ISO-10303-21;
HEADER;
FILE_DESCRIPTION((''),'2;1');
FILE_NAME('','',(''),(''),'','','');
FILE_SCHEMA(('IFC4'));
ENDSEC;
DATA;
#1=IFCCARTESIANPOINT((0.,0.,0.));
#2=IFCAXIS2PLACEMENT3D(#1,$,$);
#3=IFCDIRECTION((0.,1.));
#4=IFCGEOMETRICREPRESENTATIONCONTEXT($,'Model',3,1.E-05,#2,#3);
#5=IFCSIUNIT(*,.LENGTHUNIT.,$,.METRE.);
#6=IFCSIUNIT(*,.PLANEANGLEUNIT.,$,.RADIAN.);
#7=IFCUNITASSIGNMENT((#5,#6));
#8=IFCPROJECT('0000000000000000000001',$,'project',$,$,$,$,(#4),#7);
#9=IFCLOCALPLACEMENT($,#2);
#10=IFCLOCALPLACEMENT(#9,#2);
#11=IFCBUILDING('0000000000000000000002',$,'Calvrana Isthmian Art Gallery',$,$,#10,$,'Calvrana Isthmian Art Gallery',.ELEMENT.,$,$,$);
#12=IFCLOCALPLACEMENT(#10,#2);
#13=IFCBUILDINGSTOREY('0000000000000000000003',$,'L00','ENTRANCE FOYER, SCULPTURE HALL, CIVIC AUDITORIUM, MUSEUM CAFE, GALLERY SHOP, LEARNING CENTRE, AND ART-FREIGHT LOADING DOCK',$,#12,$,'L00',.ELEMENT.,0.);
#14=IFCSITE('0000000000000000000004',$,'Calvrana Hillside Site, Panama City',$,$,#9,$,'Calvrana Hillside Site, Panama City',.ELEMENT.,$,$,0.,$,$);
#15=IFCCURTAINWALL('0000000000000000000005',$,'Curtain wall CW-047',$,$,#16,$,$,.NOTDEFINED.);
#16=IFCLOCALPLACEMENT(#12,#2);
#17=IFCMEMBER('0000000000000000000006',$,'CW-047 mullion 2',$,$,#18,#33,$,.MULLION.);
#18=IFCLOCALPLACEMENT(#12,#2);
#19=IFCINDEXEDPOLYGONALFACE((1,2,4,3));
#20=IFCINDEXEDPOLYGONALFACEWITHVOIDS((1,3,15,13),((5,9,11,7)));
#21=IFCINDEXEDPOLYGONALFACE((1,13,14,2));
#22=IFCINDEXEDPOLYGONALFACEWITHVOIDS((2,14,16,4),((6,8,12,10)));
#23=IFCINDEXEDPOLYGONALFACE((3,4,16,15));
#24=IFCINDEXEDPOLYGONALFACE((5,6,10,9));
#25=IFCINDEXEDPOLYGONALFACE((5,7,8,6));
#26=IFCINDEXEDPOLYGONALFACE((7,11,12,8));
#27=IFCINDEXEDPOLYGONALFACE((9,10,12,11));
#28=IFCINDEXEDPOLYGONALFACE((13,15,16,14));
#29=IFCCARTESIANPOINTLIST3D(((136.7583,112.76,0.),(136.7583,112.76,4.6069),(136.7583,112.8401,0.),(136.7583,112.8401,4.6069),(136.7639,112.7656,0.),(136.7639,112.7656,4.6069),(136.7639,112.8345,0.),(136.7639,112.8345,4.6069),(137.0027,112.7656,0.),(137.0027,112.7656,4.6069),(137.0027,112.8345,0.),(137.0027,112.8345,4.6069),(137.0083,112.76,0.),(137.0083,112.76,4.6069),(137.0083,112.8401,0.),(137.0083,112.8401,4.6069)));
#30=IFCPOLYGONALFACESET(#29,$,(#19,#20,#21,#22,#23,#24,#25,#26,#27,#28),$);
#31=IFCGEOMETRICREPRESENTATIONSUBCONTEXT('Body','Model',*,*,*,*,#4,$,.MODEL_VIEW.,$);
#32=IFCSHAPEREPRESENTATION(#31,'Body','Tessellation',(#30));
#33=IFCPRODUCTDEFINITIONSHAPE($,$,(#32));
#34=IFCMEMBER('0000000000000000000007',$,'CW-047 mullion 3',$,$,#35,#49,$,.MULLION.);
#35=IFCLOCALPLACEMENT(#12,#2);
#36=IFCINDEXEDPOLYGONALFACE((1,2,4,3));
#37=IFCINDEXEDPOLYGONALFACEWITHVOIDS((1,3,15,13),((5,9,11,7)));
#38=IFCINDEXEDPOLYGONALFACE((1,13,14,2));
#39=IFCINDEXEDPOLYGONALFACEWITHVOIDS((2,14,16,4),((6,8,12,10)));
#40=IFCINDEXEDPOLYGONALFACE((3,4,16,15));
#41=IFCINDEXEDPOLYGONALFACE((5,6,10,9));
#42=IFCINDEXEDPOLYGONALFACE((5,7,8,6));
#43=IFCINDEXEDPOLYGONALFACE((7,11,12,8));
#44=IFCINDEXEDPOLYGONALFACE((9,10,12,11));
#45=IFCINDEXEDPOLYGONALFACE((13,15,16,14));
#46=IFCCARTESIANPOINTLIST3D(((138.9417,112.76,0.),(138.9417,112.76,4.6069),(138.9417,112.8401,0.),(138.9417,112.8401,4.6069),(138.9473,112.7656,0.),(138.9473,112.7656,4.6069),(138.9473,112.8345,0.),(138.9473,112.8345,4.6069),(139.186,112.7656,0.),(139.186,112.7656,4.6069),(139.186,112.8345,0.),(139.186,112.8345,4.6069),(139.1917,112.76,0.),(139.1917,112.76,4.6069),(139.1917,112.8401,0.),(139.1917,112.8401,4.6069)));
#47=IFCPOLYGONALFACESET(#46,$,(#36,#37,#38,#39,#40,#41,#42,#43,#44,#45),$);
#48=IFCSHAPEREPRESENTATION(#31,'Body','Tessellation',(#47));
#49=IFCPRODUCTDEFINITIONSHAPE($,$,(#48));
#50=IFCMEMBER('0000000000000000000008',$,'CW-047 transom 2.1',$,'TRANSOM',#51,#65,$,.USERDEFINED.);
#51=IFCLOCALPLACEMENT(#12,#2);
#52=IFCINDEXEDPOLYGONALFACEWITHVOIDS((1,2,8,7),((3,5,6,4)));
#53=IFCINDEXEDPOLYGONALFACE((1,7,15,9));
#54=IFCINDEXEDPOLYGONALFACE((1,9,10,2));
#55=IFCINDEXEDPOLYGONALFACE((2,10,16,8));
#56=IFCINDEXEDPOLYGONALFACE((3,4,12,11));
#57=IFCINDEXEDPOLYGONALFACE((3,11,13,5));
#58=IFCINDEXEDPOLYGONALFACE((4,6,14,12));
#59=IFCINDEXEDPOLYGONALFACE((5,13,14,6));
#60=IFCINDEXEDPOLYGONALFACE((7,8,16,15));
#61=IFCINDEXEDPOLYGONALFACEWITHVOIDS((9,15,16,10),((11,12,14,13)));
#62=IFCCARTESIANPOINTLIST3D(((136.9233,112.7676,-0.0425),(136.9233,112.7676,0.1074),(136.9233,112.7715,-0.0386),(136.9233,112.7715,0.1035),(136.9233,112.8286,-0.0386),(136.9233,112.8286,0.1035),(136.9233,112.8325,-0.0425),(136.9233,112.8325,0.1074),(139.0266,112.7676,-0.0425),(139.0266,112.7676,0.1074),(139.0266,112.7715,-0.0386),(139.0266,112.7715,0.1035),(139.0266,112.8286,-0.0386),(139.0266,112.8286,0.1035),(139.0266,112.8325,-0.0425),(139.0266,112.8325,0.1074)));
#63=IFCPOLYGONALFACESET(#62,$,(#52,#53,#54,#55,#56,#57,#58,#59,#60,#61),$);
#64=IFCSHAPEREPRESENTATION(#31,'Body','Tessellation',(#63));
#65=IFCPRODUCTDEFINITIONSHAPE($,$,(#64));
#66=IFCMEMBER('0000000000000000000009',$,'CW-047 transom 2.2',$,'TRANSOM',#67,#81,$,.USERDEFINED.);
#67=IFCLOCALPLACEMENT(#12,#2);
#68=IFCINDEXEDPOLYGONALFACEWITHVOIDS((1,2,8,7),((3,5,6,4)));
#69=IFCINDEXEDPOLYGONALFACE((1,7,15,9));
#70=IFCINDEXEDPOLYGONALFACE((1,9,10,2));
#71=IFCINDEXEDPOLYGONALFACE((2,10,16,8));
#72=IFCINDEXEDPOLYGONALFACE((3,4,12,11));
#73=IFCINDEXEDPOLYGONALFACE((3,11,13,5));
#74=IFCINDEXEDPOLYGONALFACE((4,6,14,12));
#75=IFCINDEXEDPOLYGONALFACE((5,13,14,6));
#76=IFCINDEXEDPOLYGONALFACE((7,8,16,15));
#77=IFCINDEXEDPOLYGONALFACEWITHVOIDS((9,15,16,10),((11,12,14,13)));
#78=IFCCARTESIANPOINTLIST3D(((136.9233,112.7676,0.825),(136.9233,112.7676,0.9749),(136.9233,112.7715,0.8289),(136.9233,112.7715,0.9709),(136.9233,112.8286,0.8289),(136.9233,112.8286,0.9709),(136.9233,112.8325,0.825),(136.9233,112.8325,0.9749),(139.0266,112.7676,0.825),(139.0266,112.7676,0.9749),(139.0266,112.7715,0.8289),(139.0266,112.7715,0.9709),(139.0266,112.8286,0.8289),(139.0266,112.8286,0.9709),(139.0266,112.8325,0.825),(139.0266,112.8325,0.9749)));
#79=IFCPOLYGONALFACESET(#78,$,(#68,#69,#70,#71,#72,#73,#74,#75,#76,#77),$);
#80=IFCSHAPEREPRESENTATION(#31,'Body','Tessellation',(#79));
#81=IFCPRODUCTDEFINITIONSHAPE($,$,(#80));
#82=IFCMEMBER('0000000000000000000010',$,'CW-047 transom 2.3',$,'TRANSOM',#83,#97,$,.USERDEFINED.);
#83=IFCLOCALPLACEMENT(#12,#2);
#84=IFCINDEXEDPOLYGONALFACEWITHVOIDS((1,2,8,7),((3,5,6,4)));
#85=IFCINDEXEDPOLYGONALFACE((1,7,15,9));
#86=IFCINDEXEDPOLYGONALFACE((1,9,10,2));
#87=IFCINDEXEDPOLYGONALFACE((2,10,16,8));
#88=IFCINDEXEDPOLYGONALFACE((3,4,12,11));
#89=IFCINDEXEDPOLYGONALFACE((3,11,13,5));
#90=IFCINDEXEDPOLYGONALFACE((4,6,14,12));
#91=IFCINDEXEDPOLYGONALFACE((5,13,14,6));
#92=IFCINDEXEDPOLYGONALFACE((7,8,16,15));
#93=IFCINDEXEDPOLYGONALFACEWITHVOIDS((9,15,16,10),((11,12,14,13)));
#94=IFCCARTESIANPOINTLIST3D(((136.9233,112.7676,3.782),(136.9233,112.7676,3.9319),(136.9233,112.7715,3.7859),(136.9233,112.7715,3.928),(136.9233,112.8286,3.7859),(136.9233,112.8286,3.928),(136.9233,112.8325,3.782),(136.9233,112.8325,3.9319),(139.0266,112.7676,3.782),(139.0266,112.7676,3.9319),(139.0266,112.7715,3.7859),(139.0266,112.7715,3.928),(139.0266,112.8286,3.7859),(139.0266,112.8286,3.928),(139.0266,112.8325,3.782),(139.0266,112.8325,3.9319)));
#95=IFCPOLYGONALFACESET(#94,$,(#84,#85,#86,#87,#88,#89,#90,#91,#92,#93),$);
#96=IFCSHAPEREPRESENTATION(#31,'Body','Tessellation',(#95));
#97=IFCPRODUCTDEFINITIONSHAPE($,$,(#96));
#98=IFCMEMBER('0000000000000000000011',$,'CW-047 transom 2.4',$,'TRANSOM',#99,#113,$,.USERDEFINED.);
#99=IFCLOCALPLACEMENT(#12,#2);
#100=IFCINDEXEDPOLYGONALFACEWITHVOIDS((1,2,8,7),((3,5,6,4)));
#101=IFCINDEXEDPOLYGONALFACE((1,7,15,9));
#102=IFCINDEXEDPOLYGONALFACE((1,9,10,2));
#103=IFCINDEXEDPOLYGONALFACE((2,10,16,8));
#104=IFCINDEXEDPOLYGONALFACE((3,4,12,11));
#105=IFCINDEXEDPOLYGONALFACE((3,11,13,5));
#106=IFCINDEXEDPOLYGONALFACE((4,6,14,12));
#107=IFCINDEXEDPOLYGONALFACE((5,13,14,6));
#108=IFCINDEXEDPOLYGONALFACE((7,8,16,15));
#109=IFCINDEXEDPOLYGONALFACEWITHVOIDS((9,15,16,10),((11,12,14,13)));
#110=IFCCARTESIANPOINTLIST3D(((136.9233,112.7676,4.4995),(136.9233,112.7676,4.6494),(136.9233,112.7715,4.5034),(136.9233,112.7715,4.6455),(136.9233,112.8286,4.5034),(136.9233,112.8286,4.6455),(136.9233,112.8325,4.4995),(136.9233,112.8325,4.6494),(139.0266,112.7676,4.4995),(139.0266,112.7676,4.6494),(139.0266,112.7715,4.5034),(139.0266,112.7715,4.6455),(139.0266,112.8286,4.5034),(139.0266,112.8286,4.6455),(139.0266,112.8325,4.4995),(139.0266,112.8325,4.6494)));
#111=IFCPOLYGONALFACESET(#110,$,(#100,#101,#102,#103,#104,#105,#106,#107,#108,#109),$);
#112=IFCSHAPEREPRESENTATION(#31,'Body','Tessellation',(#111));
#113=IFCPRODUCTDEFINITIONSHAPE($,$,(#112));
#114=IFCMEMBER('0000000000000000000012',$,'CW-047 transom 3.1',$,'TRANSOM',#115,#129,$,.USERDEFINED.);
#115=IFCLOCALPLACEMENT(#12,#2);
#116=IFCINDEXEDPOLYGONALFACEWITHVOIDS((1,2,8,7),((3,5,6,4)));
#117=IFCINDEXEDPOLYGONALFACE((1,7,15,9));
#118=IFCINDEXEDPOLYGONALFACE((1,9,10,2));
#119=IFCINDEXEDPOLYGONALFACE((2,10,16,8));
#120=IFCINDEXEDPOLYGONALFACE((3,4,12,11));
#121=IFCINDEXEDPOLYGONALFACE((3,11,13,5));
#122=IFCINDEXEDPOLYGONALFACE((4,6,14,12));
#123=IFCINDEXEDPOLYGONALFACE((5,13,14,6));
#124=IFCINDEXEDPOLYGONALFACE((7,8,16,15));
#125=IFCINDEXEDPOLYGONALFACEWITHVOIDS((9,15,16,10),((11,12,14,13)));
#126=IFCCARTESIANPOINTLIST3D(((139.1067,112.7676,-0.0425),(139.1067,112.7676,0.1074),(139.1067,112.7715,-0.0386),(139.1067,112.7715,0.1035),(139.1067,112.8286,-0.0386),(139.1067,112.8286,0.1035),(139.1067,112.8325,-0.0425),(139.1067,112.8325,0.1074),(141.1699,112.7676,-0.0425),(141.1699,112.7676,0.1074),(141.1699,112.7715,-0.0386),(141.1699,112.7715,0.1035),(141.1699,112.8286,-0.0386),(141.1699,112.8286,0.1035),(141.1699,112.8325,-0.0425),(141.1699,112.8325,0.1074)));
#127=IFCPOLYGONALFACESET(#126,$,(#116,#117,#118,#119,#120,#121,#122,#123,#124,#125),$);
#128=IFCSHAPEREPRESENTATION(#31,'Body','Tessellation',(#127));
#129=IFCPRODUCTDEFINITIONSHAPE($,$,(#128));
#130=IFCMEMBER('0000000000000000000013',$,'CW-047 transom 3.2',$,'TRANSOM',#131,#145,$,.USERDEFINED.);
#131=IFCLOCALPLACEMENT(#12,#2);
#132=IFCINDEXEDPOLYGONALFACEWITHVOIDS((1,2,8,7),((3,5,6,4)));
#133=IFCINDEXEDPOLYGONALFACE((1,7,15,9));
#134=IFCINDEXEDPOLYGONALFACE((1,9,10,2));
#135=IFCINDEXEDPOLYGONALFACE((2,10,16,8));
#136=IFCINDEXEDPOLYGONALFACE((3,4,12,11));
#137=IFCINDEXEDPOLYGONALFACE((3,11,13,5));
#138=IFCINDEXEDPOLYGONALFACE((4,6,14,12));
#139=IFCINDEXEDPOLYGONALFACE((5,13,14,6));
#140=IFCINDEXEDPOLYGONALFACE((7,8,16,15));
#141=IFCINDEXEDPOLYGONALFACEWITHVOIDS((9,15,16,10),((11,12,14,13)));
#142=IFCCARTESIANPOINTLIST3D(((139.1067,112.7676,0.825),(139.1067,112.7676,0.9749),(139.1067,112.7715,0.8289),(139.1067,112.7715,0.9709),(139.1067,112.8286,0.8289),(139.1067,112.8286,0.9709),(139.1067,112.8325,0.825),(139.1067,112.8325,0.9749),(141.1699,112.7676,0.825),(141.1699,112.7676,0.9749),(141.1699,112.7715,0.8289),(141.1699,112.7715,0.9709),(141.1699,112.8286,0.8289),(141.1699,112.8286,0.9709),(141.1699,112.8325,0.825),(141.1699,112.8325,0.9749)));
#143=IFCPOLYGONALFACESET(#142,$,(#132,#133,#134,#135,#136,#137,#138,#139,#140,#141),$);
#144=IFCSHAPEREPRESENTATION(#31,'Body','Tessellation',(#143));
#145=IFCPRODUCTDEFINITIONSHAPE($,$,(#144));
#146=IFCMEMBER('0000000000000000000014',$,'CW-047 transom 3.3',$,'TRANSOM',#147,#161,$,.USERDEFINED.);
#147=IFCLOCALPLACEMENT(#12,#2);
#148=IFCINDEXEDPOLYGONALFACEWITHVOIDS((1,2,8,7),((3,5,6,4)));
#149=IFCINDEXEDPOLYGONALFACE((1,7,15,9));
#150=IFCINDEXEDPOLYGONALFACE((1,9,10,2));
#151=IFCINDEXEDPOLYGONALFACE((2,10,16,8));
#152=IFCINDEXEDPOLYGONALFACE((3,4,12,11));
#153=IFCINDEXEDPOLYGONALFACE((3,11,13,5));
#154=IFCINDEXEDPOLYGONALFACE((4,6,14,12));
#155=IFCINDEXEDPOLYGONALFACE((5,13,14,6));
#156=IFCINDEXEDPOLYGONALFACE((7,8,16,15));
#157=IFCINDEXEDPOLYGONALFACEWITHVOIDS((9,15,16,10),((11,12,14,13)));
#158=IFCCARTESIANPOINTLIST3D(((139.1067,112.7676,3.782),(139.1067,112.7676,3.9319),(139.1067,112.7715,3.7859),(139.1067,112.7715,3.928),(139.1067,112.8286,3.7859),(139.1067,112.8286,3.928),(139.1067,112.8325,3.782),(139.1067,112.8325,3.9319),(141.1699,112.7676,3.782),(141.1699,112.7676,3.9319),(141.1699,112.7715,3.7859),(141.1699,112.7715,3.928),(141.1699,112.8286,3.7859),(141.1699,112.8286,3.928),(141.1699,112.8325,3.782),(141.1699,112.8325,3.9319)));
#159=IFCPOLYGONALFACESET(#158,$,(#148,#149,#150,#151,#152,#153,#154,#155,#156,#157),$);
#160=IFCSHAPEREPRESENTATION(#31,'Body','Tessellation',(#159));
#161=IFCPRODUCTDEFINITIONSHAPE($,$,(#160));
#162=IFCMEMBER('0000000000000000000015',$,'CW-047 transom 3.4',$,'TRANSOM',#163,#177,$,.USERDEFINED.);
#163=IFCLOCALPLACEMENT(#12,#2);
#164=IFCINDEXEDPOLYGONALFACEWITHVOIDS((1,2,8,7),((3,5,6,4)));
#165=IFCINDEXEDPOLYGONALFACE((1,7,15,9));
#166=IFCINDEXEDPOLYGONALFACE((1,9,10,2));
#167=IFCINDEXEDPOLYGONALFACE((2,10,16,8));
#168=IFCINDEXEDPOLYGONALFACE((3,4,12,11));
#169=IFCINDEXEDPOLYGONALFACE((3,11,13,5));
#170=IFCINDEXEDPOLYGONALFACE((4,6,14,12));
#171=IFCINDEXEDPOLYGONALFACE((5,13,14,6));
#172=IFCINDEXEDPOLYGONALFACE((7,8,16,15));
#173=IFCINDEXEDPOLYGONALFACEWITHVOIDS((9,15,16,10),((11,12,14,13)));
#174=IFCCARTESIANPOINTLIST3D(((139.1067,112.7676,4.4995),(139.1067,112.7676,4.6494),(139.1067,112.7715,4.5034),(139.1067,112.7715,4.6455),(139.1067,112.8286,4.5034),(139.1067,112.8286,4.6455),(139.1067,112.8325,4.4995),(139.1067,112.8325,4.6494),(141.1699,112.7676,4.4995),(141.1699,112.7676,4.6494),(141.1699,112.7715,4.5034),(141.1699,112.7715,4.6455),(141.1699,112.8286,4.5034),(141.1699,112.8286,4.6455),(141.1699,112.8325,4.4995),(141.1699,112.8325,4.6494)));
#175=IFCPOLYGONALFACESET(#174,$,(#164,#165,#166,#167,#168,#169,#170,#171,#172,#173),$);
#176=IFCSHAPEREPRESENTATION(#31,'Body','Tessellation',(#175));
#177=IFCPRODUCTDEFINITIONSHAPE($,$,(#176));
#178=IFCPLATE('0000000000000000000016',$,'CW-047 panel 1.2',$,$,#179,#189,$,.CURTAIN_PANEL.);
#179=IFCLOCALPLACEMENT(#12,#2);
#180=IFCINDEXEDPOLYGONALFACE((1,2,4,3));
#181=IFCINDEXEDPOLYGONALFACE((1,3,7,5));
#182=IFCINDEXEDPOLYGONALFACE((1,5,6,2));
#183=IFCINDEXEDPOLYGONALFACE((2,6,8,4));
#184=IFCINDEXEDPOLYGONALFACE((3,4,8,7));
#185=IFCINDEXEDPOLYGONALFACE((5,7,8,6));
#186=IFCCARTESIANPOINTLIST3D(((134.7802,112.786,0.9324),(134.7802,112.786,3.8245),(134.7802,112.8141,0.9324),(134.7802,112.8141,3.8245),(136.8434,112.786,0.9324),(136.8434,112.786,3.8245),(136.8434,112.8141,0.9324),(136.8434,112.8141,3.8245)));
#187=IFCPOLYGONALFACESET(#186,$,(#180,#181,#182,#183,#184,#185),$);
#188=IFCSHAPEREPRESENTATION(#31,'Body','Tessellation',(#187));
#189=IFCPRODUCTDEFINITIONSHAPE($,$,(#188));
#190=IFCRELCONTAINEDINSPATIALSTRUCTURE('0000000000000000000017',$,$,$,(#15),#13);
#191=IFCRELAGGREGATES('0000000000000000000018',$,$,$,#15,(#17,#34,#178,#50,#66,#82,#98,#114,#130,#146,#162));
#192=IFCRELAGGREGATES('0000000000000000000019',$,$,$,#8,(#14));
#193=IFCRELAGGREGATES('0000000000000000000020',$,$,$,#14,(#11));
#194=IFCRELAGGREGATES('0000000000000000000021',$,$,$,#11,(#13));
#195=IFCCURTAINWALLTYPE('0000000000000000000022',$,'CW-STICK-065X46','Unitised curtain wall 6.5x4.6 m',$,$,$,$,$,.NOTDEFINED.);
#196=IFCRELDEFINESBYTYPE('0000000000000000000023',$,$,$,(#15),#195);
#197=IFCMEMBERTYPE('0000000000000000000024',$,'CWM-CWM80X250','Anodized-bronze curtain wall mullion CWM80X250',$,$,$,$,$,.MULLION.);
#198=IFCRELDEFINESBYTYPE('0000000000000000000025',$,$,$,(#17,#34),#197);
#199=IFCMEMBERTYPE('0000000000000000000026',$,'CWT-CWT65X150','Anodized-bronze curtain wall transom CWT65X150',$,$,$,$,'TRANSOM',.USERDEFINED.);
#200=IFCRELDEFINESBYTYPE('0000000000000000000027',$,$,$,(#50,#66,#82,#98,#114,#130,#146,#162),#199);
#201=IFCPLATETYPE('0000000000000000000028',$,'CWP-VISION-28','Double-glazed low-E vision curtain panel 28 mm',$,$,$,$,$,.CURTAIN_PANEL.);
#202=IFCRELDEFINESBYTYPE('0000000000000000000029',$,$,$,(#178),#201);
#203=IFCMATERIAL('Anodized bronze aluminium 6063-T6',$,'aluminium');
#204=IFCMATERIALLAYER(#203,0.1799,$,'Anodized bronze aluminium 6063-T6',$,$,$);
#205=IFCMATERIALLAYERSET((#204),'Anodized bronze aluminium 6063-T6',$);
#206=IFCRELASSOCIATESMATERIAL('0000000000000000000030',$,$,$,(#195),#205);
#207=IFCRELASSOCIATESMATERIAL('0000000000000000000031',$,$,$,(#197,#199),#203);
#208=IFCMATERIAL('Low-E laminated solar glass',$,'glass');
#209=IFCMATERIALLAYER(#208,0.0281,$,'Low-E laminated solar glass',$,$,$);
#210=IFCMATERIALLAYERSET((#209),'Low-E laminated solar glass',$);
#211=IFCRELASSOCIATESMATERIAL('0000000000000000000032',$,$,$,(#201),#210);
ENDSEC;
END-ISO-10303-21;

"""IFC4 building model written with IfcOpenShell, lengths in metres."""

from ifc_helpers import new_model, si_unit, direction, frame, origin, origin_2d, place, context, subcontext, project, spatial, rectangle, hollow_rectangle, extrude, material, layer, layer_set, material_profile, profile_set, type_object, element, aggregate, save


model = new_model("IFC4")

# Units and contexts
model_context = context("Model", 3, precision=1e-05, world=origin(), true_north=direction((0.0, 1.0)))
body_context = subcontext(model_context, "Body", "Model", "MODEL_VIEW")
ifc_project = project(units=[si_unit("LENGTHUNIT", "METRE"), si_unit("PLANEANGLEUNIT", "RADIAN")], contexts=[model_context])

# Site, building, storey
site_placement = place(None, origin())
site = spatial("IfcSite", under=ifc_project, at=site_placement, Name="Calvrana Hillside Site, Panama City", LongName="Calvrana Hillside Site, Panama City", CompositionType="ELEMENT", RefElevation=0.0)
building_placement = place(site_placement, origin())
building = spatial("IfcBuilding", under=site, at=building_placement, Name="Calvrana Isthmian Art Gallery", LongName="Calvrana Isthmian Art Gallery", CompositionType="ELEMENT")
storey_placement = place(building_placement, origin())
storey = spatial("IfcBuildingStorey", under=building, at=storey_placement, Name="L00", Description="ENTRANCE FOYER, SCULPTURE HALL, CIVIC AUDITORIUM, MUSEUM CAFE, GALLERY SHOP, LEARNING CENTRE, AND ART-FREIGHT LOADING DOCK", LongName="L00", CompositionType="ELEMENT", Elevation=0.0)

# Curtain wall, members, plate
ifc_material_1 = material(Name="Anodized bronze aluminium 6063-T6", Category="aluminium")
ifc_layer_1 = layer(ifc_material_1, 0.1799, Name="Anodized bronze aluminium 6063-T6")
ifc_layer_set_1 = layer_set([ifc_layer_1], Name="Anodized bronze aluminium 6063-T6")
curtain_wall_type = type_object("IfcCurtainWallType", Name="CW-STICK-065X46", Description="Unitised curtain wall 6.5x4.6 m", PredefinedType="NOTDEFINED", material=ifc_layer_set_1)
curtain_wall_placement = place(storey_placement, origin())
curtain_wall = element("IfcCurtainWall", 1, at=curtain_wall_placement, inside=storey, type_object=curtain_wall_type, Name="Curtain wall CW-047", PredefinedType="NOTDEFINED")
ifc_material_profile_1 = material_profile(ifc_material_1, hollow_rectangle(XDim=0.0801, YDim=0.25, WallThickness=0.0056, at=origin_2d()), Name="CWM80X250")
ifc_profile_set_1 = profile_set([ifc_material_profile_1], Name="Anodized bronze aluminium 6063-T6")
member_type_1 = type_object("IfcMemberType", Name="CWM-CWM80X250", Description="Anodized-bronze curtain wall mullion CWM80X250", PredefinedType="MULLION", material=ifc_profile_set_1)
member_1_placement = place(storey_placement, frame((136.8833, 112.8, 0.0), z_axis=(0.0, 0.0, 1.0), x_axis=(0.0, 1.0, 0.0)))
member_1 = element("IfcMember", 2, at=member_1_placement, type_object=member_type_1, Name="CW-047 mullion 2", PredefinedType="MULLION", context=body_context, shape_type="SweptSolid", body=[
    extrude(hollow_rectangle(XDim=0.0801, YDim=0.25, WallThickness=0.0056, at=origin_2d()), origin(), (0.0, 0.0, 1.0), 4.6069),
])
member_2_placement = place(storey_placement, frame((139.0667, 112.8, 0.0), z_axis=(0.0, 0.0, 1.0), x_axis=(0.0, 1.0, 0.0)))
member_2 = element("IfcMember", 3, at=member_2_placement, type_object=member_type_1, Name="CW-047 mullion 3", PredefinedType="MULLION", context=body_context, shape_type="SweptSolid", body=[
    extrude(hollow_rectangle(XDim=0.0801, YDim=0.25, WallThickness=0.0056, at=origin_2d()), origin(), (0.0, 0.0, 1.0), 4.6069),
])
ifc_material_profile_2 = material_profile(ifc_material_1, hollow_rectangle(XDim=0.0649, YDim=0.1499, WallThickness=0.0039, at=origin_2d()), Name="CWT65X150")
ifc_profile_set_2 = profile_set([ifc_material_profile_2], Name="Anodized bronze aluminium 6063-T6")
member_type_2 = type_object("IfcMemberType", Name="CWT-CWT65X150", Description="Anodized-bronze curtain wall transom CWT65X150", ElementType="TRANSOM", PredefinedType="USERDEFINED", material=ifc_profile_set_2)
member_3_placement = place(storey_placement, frame((136.9233, 112.8, 0.0325), z_axis=(1.0, 0.0, 0.0), x_axis=(0.0, 1.0, 0.0)))
member_3 = element("IfcMember", 4, at=member_3_placement, type_object=member_type_2, Name="CW-047 transom 2.1", ObjectType="TRANSOM", PredefinedType="USERDEFINED", context=body_context, shape_type="SweptSolid", body=[
    extrude(hollow_rectangle(XDim=0.0649, YDim=0.1499, WallThickness=0.0039, at=origin_2d()), origin(), (0.0, 0.0, 1.0), 2.1033),
])
member_4_placement = place(storey_placement, frame((136.9233, 112.8, 0.8999), z_axis=(1.0, 0.0, 0.0), x_axis=(0.0, 1.0, 0.0)))
member_4 = element("IfcMember", 5, at=member_4_placement, type_object=member_type_2, Name="CW-047 transom 2.2", ObjectType="TRANSOM", PredefinedType="USERDEFINED", context=body_context, shape_type="SweptSolid", body=[
    extrude(hollow_rectangle(XDim=0.0649, YDim=0.1499, WallThickness=0.0039, at=origin_2d()), origin(), (0.0, 0.0, 1.0), 2.1033),
])
member_5_placement = place(storey_placement, frame((136.9233, 112.8, 3.8569), z_axis=(1.0, 0.0, 0.0), x_axis=(0.0, 1.0, 0.0)))
member_5 = element("IfcMember", 6, at=member_5_placement, type_object=member_type_2, Name="CW-047 transom 2.3", ObjectType="TRANSOM", PredefinedType="USERDEFINED", context=body_context, shape_type="SweptSolid", body=[
    extrude(hollow_rectangle(XDim=0.0649, YDim=0.1499, WallThickness=0.0039, at=origin_2d()), origin(), (0.0, 0.0, 1.0), 2.1033),
])
member_6_placement = place(storey_placement, frame((136.9233, 112.8, 4.5745), z_axis=(1.0, 0.0, 0.0), x_axis=(0.0, 1.0, 0.0)))
member_6 = element("IfcMember", 7, at=member_6_placement, type_object=member_type_2, Name="CW-047 transom 2.4", ObjectType="TRANSOM", PredefinedType="USERDEFINED", context=body_context, shape_type="SweptSolid", body=[
    extrude(hollow_rectangle(XDim=0.0649, YDim=0.1499, WallThickness=0.0039, at=origin_2d()), origin(), (0.0, 0.0, 1.0), 2.1033),
])
member_7_placement = place(storey_placement, frame((139.1067, 112.8, 0.0325), z_axis=(1.0, 0.0, 0.0), x_axis=(0.0, 1.0, 0.0)))
member_7 = element("IfcMember", 8, at=member_7_placement, type_object=member_type_2, Name="CW-047 transom 3.1", ObjectType="TRANSOM", PredefinedType="USERDEFINED", context=body_context, shape_type="SweptSolid", body=[
    extrude(hollow_rectangle(XDim=0.0649, YDim=0.1499, WallThickness=0.0039, at=origin_2d()), origin(), (0.0, 0.0, 1.0), 2.0632),
])
member_8_placement = place(storey_placement, frame((139.1067, 112.8, 0.8999), z_axis=(1.0, 0.0, 0.0), x_axis=(0.0, 1.0, 0.0)))
member_8 = element("IfcMember", 9, at=member_8_placement, type_object=member_type_2, Name="CW-047 transom 3.2", ObjectType="TRANSOM", PredefinedType="USERDEFINED", context=body_context, shape_type="SweptSolid", body=[
    extrude(hollow_rectangle(XDim=0.0649, YDim=0.1499, WallThickness=0.0039, at=origin_2d()), origin(), (0.0, 0.0, 1.0), 2.0632),
])
member_9_placement = place(storey_placement, frame((139.1067, 112.8, 3.8569), z_axis=(1.0, 0.0, 0.0), x_axis=(0.0, 1.0, 0.0)))
member_9 = element("IfcMember", 10, at=member_9_placement, type_object=member_type_2, Name="CW-047 transom 3.3", ObjectType="TRANSOM", PredefinedType="USERDEFINED", context=body_context, shape_type="SweptSolid", body=[
    extrude(hollow_rectangle(XDim=0.0649, YDim=0.1499, WallThickness=0.0039, at=origin_2d()), origin(), (0.0, 0.0, 1.0), 2.0632),
])
member_10_placement = place(storey_placement, frame((139.1067, 112.8, 4.5745), z_axis=(1.0, 0.0, 0.0), x_axis=(0.0, 1.0, 0.0)))
member_10 = element("IfcMember", 11, at=member_10_placement, type_object=member_type_2, Name="CW-047 transom 3.4", ObjectType="TRANSOM", PredefinedType="USERDEFINED", context=body_context, shape_type="SweptSolid", body=[
    extrude(hollow_rectangle(XDim=0.0649, YDim=0.1499, WallThickness=0.0039, at=origin_2d()), origin(), (0.0, 0.0, 1.0), 2.0632),
])
ifc_material_2 = material(Name="Low-E laminated solar glass", Category="glass")
ifc_layer_2 = layer(ifc_material_2, 0.0281, Name="Low-E laminated solar glass")
ifc_layer_set_2 = layer_set([ifc_layer_2], Name="Low-E laminated solar glass")
plate_type = type_object("IfcPlateType", Name="CWP-VISION-28", Description="Double-glazed low-E vision curtain panel 28 mm", PredefinedType="CURTAIN_PANEL", material=ifc_layer_set_2)
plate_1_placement = place(storey_placement, frame((135.8118, 112.8, 0.9324), z_axis=(0.0, 0.0, 1.0), x_axis=(1.0, 0.0, 0.0)))
plate_1 = element("IfcPlate", 12, at=plate_1_placement, type_object=plate_type, Name="CW-047 panel 1.2", PredefinedType="CURTAIN_PANEL", context=body_context, shape_type="SweptSolid", body=[
    extrude(rectangle(XDim=2.0632, YDim=0.0281, at=origin_2d()), origin(), (0.0, 0.0, 1.0), 2.8921),
])
aggregate(curtain_wall, [member_1, member_2, plate_1, member_3, member_4, member_5, member_6, member_7, member_8, member_9, member_10])

save(model, "model.ifc")
